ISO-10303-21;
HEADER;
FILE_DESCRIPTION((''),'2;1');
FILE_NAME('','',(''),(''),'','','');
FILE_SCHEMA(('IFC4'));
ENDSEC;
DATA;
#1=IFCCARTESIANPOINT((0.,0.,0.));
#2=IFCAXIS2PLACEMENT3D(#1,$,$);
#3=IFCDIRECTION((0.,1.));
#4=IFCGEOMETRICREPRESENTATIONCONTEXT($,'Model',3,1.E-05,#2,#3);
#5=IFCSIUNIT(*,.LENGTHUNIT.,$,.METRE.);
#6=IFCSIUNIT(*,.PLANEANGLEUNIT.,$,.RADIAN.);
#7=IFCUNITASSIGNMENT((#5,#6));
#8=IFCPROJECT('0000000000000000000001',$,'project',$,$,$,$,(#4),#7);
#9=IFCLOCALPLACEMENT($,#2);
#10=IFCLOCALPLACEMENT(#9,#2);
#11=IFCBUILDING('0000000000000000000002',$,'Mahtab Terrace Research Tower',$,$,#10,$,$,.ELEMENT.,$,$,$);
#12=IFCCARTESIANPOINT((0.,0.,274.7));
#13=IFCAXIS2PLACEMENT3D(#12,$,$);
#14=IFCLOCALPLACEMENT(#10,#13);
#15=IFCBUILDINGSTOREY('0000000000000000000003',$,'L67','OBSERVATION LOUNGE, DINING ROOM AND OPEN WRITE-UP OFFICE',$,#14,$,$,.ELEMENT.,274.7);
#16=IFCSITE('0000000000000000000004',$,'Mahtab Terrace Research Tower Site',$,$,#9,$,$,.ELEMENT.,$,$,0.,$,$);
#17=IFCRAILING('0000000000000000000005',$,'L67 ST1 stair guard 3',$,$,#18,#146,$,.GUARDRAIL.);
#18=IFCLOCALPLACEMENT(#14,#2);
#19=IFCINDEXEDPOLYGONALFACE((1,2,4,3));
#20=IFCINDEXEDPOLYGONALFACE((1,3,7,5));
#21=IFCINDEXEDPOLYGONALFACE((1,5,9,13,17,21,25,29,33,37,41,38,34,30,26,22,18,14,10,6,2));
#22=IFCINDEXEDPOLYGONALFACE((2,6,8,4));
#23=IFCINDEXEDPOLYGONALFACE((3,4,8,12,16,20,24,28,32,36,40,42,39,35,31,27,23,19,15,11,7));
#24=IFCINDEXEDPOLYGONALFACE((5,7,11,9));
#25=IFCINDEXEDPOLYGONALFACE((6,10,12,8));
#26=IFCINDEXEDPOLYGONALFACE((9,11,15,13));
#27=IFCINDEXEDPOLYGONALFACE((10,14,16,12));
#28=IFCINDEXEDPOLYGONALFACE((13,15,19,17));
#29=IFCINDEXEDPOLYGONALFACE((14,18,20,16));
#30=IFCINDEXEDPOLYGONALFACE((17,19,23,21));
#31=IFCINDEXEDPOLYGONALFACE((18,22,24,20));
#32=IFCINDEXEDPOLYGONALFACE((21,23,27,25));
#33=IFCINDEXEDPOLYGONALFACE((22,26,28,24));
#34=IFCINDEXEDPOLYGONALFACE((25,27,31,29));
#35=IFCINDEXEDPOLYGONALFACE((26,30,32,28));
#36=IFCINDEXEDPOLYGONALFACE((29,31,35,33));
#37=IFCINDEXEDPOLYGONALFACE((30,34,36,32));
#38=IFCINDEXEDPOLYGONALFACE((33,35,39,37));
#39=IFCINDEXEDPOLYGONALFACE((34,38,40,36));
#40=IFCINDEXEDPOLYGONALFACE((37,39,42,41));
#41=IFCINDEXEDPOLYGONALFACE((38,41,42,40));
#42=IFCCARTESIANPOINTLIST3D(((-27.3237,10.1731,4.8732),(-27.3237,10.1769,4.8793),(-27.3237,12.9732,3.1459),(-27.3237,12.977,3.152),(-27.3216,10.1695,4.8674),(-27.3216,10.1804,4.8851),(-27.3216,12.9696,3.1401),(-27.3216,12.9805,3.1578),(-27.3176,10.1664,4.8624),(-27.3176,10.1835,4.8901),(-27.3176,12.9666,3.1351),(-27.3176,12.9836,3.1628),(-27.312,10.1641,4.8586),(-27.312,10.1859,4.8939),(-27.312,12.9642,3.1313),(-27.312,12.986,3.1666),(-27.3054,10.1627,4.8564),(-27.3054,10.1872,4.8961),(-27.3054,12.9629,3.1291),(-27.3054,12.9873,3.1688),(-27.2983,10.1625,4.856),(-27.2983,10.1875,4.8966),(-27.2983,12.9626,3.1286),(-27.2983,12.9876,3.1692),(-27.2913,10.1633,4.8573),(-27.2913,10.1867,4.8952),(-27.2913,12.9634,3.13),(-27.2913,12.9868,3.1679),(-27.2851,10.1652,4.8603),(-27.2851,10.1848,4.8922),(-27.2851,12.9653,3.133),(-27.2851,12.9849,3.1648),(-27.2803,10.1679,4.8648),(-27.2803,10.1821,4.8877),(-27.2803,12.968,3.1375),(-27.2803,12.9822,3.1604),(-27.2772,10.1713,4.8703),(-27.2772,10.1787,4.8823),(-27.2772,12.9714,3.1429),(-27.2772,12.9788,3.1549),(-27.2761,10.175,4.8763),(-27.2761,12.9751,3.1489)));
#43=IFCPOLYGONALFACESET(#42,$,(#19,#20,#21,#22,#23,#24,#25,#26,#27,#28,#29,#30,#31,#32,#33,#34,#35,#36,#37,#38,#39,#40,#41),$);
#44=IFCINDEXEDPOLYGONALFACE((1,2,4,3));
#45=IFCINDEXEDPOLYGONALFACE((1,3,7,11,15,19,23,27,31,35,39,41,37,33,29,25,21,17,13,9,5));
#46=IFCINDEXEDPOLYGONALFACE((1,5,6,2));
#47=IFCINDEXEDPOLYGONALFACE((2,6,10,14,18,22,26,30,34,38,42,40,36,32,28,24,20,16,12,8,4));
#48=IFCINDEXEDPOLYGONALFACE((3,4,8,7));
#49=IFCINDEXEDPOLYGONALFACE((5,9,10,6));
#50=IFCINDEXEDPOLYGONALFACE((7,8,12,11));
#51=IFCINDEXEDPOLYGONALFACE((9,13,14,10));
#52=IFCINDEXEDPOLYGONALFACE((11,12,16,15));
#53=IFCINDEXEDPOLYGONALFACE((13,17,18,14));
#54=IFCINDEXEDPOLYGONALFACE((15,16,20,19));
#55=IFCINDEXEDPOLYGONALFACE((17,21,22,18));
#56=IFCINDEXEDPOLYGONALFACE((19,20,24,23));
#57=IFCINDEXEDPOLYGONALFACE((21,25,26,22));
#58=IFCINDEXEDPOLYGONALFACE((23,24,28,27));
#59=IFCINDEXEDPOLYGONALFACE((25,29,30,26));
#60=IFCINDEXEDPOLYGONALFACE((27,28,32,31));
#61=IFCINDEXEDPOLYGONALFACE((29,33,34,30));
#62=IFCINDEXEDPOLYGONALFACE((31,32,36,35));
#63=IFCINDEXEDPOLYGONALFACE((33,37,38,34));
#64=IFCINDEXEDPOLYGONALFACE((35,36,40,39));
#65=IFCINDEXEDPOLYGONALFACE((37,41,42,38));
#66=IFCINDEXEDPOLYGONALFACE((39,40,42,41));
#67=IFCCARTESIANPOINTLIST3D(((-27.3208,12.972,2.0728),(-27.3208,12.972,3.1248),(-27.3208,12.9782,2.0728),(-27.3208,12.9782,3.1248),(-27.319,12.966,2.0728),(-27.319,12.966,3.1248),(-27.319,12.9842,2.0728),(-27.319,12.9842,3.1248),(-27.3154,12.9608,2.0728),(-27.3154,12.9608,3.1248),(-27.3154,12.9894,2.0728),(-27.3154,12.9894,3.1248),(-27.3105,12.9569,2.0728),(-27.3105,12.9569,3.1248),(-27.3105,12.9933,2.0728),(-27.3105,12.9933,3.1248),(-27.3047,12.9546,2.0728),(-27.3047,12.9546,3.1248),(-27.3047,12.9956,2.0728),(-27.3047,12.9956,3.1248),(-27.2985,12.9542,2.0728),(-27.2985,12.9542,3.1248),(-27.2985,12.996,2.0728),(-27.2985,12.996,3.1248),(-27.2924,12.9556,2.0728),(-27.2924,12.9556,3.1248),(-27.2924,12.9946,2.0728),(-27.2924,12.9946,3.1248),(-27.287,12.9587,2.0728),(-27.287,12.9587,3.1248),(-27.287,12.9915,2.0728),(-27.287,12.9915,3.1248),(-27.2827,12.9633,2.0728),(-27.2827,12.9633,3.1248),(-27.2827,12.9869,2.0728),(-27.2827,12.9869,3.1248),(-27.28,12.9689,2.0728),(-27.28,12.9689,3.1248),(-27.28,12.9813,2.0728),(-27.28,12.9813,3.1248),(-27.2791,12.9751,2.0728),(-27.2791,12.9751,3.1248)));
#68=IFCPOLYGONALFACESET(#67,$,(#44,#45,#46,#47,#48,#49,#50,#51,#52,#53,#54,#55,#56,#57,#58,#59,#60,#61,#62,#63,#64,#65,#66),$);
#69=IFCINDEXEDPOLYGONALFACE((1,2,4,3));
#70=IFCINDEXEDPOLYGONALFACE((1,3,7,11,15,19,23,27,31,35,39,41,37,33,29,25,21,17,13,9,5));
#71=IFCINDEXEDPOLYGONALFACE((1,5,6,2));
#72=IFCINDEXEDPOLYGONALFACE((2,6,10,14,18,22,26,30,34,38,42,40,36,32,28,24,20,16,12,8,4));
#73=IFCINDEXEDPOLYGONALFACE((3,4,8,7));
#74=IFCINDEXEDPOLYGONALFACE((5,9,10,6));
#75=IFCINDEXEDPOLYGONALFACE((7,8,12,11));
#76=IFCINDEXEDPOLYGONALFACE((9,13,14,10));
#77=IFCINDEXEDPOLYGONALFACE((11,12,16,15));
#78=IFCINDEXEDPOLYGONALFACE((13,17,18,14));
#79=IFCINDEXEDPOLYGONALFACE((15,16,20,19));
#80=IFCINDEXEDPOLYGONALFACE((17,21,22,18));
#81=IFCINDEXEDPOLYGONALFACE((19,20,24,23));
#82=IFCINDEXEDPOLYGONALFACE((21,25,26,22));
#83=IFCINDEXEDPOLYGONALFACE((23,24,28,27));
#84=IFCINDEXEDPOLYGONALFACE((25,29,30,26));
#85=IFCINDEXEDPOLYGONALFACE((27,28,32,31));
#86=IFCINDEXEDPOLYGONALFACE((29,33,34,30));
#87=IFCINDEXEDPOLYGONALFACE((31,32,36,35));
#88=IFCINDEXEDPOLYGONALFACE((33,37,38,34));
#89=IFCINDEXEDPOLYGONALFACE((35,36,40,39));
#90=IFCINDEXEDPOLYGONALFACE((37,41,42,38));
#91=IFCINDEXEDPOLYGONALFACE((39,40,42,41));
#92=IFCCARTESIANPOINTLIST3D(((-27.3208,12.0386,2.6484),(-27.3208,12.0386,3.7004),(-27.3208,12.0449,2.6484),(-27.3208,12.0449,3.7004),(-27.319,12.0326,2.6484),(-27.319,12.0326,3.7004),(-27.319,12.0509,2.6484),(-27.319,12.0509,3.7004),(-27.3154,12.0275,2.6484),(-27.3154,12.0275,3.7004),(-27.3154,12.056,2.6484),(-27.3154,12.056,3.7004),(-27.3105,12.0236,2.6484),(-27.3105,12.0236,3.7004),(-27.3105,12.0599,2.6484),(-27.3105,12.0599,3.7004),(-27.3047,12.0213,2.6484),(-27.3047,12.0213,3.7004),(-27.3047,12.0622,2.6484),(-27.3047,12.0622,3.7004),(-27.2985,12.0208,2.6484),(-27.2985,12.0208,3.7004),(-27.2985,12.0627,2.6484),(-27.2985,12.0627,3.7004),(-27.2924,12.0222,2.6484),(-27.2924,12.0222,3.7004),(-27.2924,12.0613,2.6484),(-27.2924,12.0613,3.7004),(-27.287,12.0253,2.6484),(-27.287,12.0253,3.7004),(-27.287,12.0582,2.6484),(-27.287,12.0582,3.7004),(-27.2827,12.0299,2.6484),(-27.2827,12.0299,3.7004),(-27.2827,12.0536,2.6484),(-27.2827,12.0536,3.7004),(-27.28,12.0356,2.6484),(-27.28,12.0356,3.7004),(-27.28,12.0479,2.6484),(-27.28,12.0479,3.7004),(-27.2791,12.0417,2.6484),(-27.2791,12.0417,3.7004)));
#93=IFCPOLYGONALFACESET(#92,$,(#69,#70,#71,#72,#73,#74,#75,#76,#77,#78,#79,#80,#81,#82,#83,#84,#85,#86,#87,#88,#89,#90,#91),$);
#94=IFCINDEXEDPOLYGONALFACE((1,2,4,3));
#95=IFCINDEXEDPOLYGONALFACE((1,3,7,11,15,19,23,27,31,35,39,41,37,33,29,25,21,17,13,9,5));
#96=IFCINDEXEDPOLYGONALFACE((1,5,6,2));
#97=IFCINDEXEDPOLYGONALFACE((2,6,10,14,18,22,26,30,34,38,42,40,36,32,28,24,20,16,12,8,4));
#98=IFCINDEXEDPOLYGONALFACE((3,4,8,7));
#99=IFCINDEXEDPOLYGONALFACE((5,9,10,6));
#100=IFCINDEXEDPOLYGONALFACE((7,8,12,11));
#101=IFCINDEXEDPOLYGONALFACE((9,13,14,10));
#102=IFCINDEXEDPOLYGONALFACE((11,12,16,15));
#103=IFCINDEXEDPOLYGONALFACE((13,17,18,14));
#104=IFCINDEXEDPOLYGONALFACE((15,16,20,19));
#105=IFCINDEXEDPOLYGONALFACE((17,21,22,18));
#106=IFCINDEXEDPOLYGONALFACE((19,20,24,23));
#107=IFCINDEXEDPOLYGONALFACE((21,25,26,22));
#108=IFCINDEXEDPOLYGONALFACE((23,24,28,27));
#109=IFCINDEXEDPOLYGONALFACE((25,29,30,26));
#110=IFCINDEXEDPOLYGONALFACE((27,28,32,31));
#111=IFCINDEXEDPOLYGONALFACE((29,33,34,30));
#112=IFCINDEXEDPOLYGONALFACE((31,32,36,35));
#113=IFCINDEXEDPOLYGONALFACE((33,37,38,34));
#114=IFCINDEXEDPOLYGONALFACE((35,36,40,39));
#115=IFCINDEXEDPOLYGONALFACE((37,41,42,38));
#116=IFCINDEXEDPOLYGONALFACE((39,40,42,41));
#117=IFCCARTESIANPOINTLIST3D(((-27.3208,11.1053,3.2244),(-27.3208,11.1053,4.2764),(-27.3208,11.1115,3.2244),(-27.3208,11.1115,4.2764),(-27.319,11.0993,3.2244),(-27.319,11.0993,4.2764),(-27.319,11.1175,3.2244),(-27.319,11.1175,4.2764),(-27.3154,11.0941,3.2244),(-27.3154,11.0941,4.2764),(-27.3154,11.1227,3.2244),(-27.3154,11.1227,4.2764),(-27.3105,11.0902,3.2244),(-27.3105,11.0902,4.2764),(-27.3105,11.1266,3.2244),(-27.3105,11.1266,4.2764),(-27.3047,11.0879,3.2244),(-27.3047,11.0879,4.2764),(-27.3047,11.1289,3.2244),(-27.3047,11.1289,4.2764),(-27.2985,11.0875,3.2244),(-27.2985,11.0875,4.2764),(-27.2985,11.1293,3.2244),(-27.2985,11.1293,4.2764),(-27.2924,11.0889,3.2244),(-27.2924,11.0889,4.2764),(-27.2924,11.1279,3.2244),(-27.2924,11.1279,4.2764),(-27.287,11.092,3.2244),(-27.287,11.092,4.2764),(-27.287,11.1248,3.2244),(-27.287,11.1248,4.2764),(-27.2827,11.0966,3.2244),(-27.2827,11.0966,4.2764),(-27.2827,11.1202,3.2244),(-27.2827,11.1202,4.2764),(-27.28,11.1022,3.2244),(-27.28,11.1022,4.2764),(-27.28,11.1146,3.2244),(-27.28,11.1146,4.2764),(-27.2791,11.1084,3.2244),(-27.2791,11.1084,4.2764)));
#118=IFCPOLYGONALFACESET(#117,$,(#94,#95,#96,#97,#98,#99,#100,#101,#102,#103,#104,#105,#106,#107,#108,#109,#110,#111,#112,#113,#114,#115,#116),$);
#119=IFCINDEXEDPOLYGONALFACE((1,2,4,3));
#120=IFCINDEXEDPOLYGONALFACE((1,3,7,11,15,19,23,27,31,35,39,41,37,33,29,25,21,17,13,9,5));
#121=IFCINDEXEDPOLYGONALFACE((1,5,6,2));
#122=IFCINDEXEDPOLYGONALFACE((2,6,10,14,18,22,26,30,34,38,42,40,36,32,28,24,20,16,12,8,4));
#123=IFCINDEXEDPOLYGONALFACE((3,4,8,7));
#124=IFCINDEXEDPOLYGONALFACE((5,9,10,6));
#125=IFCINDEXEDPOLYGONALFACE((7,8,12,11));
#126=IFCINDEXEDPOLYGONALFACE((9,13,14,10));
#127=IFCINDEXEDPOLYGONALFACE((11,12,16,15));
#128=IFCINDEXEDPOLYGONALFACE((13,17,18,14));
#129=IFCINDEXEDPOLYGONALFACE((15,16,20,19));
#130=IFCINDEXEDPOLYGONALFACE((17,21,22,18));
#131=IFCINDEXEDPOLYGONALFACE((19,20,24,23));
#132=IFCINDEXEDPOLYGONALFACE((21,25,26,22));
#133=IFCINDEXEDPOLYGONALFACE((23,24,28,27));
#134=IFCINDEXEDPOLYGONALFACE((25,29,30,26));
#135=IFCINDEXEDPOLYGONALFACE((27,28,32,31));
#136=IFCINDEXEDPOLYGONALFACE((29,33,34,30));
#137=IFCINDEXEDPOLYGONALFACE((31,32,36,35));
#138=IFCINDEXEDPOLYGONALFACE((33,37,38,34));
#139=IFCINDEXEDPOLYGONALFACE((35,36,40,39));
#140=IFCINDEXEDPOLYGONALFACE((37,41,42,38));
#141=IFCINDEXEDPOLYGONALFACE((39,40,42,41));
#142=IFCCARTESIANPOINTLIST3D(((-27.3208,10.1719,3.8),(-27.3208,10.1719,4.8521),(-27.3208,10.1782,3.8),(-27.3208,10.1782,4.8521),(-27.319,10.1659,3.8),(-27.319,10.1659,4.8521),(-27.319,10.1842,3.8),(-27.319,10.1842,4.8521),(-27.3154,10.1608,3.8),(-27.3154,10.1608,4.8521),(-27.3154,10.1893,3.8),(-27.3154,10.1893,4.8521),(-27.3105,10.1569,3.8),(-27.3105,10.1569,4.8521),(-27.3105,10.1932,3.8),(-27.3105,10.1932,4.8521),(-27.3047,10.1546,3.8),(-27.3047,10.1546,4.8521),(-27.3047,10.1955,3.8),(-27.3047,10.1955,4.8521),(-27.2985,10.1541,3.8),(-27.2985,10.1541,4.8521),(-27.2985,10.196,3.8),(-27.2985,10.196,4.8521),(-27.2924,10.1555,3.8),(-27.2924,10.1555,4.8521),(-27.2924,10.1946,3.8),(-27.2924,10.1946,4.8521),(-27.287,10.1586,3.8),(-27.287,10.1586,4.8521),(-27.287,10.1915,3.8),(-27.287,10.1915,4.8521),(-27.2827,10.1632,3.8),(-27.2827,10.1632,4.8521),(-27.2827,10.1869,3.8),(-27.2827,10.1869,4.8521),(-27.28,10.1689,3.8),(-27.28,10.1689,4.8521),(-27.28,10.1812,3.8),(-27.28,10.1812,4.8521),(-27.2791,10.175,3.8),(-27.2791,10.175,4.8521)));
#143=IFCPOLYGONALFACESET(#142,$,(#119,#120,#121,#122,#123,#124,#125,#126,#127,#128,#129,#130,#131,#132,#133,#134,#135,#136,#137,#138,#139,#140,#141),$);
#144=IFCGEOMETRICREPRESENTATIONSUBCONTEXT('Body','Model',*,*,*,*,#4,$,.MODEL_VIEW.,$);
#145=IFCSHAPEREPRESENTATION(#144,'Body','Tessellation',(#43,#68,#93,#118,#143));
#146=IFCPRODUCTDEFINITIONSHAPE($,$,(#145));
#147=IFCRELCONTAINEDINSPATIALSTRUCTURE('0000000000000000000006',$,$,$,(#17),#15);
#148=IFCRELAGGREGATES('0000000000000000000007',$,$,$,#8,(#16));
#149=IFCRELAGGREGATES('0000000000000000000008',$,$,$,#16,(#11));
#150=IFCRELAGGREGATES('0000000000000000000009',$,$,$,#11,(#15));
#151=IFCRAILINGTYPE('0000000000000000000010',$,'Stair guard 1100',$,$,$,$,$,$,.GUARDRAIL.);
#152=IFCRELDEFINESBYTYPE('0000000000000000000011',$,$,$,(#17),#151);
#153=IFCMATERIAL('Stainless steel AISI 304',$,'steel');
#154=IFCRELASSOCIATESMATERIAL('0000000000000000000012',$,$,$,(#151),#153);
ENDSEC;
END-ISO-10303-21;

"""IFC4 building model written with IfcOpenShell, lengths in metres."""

from ifc_helpers import new_model, si_unit, direction, frame, origin, origin_2d, place, context, subcontext, project, spatial, circle, extrude, material, type_object, element, save


model = new_model("IFC4")

# Units and contexts
model_context = context("Model", 3, precision=1e-05, world=origin(), true_north=direction((0.0, 1.0)))
body_context = subcontext(model_context, "Body", "Model", "MODEL_VIEW")
ifc_project = project(units=[si_unit("LENGTHUNIT", "METRE"), si_unit("PLANEANGLEUNIT", "RADIAN")], contexts=[model_context])

# Site, building, storey
site_placement = place(None, origin())
site = spatial("IfcSite", under=ifc_project, at=site_placement, Name="Mahtab Terrace Research Tower Site", CompositionType="ELEMENT", RefElevation=0.0)
building_placement = place(site_placement, origin())
building = spatial("IfcBuilding", under=site, at=building_placement, Name="Mahtab Terrace Research Tower", CompositionType="ELEMENT")
storey_placement = place(building_placement, frame((0.0, 0.0, 274.7)))
storey = spatial("IfcBuildingStorey", under=building, at=storey_placement, Name="L67", Description="OBSERVATION LOUNGE, DINING ROOM AND OPEN WRITE-UP OFFICE", CompositionType="ELEMENT", Elevation=274.7)

# Railing
ifc_material_1 = material(Name="Stainless steel AISI 304", Category="steel")
railing_type_1 = type_object("IfcRailingType", Name="Stair guard 1100", PredefinedType="GUARDRAIL", material=ifc_material_1)
railing_1_placement = place(storey_placement, frame((-27.3, 12.9751, 2.0728)))
element("IfcRailing", 1, at=railing_1_placement, inside=storey, type_object=railing_type_1, Name="L67 ST1 stair guard 3", PredefinedType="GUARDRAIL", context=body_context, shape_type="SweptSolid", body=[
    extrude(circle(Radius=0.0239, at=origin_2d()), frame((0.0, 0.0, 1.0762), z_axis=(0.0, -0.85109, 0.52502), x_axis=(1.0, 0.0, 0.0)), (0.0, 0.0, 1.0), 3.29),
    extrude(circle(Radius=0.021, at=origin_2d()), origin(), (0.0, 0.0, 1.0), 1.052),
    extrude(circle(Radius=0.021, at=origin_2d()), frame((0.0, -0.9333, 0.5757)), (0.0, 0.0, 1.0), 1.052),
    extrude(circle(Radius=0.021, at=origin_2d()), frame((0.0, -1.8667, 1.1516)), (0.0, 0.0, 1.0), 1.052),
    extrude(circle(Radius=0.021, at=origin_2d()), frame((0.0, -2.8, 1.7273)), (0.0, 0.0, 1.0), 1.052),
])

save(model, "model.ifc")
